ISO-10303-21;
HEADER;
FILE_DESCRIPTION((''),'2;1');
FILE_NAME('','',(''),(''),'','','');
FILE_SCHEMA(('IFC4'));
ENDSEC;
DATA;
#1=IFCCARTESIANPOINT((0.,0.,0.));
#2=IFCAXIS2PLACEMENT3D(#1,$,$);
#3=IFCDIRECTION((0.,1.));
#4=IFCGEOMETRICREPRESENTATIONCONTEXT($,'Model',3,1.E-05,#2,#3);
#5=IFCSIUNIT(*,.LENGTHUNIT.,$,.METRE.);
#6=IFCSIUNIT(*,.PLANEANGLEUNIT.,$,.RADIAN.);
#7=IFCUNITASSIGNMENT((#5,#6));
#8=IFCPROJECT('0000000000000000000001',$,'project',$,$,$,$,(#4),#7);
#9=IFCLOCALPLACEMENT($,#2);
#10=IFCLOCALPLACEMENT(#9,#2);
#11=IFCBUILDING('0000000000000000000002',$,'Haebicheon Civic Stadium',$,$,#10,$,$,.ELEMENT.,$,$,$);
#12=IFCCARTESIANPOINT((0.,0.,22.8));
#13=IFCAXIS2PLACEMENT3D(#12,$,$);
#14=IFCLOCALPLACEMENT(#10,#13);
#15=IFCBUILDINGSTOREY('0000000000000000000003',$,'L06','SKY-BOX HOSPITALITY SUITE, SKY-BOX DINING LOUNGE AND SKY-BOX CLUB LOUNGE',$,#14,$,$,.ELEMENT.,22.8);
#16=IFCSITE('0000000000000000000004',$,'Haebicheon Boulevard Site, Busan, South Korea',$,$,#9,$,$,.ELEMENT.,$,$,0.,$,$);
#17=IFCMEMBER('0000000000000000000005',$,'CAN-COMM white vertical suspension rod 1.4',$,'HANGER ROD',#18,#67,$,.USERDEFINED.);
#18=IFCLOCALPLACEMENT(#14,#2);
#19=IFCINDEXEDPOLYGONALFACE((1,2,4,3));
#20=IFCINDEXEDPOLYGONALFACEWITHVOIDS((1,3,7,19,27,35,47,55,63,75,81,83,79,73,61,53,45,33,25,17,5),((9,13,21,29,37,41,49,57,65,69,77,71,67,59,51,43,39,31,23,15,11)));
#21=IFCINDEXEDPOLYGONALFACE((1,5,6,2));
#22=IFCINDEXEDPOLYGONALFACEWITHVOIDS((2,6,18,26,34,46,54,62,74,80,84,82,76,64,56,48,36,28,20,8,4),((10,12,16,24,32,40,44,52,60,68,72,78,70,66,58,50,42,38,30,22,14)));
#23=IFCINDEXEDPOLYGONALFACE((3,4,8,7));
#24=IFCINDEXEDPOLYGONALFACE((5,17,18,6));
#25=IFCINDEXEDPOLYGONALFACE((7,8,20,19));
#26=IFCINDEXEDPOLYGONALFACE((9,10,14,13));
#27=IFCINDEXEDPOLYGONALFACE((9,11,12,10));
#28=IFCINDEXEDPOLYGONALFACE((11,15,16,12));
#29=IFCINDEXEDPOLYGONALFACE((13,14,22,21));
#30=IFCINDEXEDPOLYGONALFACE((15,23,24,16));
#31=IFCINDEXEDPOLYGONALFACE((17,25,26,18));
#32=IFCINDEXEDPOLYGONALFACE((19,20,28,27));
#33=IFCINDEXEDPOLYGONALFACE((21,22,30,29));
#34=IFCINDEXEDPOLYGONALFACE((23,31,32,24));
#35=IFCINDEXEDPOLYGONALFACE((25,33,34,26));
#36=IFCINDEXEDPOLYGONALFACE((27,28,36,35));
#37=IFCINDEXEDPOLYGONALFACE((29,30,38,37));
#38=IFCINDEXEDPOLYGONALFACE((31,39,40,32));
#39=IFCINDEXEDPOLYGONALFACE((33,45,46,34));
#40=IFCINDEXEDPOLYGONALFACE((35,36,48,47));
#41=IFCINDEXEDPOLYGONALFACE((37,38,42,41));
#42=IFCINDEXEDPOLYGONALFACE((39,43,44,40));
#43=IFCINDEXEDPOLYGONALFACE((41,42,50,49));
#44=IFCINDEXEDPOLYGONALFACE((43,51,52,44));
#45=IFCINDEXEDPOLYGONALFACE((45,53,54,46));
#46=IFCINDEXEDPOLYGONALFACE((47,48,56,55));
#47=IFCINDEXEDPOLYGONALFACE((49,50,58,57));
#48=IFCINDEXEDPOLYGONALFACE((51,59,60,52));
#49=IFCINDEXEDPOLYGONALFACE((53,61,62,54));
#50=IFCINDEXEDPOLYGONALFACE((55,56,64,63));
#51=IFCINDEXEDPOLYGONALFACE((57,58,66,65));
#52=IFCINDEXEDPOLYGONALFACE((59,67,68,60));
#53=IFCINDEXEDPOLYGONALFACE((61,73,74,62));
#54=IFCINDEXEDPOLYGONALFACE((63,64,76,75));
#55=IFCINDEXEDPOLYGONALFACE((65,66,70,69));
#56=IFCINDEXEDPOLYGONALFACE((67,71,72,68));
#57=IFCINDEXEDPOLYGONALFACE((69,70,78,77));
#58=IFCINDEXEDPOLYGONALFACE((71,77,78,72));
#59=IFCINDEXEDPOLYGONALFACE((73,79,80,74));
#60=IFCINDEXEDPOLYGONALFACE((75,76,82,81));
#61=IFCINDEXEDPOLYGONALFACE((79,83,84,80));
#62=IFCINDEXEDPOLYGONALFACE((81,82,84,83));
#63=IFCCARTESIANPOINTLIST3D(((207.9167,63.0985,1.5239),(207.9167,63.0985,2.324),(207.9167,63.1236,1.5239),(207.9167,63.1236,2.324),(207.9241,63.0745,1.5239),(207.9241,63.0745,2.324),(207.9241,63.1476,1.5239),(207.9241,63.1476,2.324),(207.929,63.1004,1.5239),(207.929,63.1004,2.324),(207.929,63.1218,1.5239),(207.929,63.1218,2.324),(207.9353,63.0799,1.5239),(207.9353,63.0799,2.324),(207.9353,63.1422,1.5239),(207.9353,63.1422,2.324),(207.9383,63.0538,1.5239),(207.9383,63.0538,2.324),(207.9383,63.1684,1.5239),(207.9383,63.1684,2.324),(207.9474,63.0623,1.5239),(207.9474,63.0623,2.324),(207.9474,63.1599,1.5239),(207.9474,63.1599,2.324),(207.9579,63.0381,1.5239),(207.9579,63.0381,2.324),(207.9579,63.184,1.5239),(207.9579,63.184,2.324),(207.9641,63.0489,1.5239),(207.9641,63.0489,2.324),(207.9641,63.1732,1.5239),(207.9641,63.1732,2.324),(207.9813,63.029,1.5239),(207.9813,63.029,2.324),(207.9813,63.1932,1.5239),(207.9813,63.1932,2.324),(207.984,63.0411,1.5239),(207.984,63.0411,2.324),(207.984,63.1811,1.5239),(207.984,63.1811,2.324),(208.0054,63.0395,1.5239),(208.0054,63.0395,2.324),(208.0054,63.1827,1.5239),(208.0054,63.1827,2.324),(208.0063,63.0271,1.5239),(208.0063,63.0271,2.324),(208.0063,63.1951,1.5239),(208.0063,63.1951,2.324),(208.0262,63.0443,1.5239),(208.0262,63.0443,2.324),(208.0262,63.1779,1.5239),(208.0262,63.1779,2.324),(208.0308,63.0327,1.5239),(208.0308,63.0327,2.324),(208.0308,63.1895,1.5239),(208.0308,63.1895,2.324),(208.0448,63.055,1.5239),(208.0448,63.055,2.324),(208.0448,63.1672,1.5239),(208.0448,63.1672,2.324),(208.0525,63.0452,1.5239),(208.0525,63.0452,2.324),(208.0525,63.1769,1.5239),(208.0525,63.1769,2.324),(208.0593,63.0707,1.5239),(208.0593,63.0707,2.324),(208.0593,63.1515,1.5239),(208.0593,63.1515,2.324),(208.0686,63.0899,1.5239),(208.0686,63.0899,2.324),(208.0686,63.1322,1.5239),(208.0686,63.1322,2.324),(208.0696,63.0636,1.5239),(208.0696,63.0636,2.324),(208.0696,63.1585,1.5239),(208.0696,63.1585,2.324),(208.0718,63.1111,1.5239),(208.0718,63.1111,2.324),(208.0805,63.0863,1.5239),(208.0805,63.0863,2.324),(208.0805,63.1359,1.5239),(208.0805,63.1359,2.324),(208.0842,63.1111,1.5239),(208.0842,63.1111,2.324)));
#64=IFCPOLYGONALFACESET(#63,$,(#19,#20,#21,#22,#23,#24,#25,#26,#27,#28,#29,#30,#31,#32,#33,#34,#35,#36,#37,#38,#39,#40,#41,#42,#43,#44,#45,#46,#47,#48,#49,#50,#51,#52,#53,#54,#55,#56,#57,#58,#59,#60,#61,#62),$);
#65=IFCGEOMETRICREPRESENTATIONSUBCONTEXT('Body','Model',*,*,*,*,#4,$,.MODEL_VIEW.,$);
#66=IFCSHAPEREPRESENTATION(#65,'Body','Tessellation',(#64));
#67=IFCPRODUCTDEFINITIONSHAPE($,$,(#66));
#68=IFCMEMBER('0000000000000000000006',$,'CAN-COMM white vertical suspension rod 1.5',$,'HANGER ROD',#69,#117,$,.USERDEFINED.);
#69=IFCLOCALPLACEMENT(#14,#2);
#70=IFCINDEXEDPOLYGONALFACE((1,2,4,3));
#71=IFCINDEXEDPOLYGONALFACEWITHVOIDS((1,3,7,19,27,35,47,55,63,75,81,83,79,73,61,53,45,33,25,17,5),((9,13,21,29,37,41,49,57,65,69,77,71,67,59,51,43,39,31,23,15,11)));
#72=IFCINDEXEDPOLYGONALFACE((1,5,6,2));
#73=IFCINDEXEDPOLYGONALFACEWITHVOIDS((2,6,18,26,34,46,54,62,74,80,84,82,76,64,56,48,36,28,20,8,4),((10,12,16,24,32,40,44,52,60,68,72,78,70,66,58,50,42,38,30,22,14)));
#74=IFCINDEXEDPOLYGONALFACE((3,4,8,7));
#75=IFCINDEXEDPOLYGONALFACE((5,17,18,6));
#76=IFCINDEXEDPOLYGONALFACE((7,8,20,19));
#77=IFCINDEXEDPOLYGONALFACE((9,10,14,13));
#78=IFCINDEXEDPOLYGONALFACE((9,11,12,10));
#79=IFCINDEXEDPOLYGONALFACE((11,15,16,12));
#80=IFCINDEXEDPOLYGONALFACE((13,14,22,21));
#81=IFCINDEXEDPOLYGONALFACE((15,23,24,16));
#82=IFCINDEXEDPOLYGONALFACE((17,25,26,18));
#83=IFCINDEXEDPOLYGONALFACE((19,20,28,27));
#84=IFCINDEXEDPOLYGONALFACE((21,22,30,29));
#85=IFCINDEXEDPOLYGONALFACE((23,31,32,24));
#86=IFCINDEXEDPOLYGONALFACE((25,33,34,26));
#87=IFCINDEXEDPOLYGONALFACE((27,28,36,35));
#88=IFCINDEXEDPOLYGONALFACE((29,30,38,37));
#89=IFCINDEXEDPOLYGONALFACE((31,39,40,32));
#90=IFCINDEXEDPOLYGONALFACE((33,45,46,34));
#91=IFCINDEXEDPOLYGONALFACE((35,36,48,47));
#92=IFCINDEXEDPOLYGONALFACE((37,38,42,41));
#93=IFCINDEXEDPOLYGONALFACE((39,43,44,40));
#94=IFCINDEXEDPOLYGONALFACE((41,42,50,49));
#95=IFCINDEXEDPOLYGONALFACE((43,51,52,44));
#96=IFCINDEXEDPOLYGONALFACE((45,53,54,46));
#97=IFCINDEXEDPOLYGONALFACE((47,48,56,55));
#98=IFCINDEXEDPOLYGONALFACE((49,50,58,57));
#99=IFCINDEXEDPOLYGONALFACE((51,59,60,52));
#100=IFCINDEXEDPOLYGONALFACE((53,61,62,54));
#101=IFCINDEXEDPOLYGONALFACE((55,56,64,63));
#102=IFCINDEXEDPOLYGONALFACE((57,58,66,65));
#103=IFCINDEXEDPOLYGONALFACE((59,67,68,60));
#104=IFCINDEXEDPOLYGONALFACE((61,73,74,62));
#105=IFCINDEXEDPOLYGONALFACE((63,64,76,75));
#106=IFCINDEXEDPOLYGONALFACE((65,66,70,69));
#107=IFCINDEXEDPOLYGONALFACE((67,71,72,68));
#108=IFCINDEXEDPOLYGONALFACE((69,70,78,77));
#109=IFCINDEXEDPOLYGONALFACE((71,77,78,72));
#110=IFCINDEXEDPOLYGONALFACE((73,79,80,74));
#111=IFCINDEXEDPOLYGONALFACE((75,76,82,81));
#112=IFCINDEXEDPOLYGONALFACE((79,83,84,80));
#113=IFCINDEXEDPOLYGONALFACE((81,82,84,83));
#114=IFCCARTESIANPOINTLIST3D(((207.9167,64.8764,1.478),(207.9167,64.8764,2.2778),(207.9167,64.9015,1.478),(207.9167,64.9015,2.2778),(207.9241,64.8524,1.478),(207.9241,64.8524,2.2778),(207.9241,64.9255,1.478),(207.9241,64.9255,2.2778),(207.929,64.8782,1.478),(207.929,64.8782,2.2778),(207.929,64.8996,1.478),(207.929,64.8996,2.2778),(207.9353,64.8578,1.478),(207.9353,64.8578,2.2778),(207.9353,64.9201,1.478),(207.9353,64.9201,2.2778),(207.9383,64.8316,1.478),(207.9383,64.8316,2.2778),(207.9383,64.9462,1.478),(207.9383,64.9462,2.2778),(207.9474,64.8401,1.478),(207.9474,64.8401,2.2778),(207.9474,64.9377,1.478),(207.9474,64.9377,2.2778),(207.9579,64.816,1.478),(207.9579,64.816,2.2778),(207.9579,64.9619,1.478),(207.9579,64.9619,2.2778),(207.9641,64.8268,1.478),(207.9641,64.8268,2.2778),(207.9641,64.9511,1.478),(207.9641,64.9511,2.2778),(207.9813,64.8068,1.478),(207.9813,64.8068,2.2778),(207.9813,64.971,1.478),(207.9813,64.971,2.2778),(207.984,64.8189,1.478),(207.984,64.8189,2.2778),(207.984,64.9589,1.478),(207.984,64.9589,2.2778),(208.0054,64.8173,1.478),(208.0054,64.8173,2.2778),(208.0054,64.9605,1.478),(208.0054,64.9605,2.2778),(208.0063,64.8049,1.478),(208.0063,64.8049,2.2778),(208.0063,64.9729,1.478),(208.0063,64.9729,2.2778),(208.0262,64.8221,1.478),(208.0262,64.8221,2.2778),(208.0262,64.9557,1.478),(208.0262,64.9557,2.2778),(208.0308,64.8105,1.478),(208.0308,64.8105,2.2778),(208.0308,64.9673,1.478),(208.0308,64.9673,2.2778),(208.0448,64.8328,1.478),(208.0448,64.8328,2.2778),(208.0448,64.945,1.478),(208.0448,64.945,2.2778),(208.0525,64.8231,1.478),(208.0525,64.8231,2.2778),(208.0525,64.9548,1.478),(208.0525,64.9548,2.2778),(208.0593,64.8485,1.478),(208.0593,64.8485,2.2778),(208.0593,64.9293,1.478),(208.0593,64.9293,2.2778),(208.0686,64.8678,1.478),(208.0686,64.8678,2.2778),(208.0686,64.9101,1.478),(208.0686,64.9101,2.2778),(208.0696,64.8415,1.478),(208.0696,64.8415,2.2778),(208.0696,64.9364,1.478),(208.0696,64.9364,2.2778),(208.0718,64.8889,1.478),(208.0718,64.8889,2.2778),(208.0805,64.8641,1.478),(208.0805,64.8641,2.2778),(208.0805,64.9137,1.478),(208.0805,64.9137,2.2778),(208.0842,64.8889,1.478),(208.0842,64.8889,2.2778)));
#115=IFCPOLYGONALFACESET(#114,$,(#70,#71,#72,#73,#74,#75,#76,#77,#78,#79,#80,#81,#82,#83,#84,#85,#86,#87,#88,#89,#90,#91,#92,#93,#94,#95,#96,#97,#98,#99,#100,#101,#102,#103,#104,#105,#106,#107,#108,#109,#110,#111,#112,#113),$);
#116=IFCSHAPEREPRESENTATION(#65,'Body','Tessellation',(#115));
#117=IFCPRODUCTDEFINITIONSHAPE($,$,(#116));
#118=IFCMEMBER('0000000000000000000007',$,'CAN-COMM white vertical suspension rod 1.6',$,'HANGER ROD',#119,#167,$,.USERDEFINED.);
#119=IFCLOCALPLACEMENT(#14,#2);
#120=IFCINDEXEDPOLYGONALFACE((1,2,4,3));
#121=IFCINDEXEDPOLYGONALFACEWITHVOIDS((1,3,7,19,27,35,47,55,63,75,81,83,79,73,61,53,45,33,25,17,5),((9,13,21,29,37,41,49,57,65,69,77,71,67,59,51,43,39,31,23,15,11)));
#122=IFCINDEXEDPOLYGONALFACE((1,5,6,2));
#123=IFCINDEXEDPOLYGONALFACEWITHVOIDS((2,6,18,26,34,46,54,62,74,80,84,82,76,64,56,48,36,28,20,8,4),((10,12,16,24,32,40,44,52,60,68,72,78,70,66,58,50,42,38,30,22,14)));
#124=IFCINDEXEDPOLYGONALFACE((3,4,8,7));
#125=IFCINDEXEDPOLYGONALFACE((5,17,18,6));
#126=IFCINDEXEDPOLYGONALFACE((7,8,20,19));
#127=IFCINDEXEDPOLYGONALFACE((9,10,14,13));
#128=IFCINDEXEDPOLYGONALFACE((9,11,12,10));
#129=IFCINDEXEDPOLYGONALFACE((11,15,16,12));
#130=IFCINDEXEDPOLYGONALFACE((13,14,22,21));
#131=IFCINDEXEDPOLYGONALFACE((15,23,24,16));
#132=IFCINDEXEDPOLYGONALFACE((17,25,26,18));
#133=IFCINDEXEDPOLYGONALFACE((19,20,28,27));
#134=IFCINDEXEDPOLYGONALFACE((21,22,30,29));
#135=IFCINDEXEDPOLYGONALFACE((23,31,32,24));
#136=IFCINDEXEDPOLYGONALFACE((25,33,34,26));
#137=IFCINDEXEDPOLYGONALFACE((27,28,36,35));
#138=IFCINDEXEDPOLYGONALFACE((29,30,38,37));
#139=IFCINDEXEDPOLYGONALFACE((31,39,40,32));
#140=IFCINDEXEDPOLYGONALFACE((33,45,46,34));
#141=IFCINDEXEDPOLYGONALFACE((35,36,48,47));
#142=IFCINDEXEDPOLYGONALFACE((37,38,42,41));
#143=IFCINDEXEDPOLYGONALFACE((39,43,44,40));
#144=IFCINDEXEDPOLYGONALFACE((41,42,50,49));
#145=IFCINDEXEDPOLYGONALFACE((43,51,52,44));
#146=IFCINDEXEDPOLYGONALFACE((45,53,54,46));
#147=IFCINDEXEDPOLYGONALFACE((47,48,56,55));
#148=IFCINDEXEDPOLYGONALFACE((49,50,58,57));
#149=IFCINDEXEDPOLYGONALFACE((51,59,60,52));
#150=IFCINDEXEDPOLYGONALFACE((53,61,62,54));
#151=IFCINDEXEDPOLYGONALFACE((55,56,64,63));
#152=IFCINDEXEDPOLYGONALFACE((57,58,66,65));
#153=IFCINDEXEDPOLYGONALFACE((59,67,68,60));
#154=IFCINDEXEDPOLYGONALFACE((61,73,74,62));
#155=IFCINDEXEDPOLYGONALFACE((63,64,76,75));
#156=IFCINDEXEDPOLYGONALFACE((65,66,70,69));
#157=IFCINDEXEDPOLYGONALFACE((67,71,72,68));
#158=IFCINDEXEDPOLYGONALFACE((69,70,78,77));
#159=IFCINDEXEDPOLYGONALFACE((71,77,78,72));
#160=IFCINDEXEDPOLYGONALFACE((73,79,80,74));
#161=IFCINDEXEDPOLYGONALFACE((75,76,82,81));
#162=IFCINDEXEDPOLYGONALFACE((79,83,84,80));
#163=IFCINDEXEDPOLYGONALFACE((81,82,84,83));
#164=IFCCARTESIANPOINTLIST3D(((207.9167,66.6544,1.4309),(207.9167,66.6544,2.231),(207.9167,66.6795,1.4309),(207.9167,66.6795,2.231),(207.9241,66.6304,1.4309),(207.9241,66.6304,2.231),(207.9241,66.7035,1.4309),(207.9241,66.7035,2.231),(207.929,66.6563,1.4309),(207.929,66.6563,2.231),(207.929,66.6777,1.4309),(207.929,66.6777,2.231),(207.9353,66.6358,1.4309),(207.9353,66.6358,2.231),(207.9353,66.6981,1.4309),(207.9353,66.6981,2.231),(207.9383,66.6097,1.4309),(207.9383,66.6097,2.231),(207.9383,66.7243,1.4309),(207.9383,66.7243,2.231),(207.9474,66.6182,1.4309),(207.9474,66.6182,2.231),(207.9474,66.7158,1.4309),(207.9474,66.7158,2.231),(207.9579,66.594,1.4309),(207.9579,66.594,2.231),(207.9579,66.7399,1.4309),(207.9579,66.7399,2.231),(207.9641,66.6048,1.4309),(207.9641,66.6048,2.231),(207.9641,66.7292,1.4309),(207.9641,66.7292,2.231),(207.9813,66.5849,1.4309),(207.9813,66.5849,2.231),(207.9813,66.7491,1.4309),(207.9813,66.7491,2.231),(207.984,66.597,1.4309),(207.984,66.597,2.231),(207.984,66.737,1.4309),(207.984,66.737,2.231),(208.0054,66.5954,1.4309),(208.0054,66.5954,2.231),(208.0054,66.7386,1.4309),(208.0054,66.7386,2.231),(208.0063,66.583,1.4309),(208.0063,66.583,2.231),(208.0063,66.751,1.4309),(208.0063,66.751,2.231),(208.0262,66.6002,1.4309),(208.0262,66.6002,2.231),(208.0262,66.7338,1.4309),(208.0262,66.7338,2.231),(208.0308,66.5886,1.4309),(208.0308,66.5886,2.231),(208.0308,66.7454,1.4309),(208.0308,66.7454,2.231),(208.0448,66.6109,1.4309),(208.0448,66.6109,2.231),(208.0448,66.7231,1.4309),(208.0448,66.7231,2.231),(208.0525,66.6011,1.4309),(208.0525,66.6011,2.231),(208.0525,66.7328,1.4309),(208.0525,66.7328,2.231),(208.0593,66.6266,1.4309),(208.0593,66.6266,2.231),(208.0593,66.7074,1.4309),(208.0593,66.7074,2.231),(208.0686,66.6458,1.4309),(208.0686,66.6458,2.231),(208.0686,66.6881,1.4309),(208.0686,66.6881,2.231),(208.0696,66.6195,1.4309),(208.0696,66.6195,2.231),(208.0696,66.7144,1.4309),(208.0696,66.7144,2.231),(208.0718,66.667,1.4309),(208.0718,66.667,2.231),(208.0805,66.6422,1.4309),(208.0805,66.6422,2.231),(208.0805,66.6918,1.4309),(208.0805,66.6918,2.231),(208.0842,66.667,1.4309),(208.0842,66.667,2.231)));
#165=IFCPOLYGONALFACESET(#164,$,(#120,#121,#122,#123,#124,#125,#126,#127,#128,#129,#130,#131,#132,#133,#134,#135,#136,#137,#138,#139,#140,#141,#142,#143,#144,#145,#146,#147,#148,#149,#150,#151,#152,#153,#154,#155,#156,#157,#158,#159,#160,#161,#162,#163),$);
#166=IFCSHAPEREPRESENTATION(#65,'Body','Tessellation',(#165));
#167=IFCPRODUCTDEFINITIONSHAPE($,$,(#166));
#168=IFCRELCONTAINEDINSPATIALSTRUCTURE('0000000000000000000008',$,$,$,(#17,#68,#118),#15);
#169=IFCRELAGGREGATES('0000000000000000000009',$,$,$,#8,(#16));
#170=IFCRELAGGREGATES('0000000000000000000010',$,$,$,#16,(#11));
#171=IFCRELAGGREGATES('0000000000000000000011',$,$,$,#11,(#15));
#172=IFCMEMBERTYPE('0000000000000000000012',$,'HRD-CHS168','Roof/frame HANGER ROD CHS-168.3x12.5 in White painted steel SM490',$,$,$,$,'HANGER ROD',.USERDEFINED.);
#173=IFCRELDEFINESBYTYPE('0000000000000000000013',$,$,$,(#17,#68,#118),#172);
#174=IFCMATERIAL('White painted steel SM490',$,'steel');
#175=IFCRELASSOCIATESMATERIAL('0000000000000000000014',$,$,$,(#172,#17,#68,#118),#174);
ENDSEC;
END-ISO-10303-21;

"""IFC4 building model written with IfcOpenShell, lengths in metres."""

from ifc_helpers import new_model, si_unit, direction, frame, origin, origin_2d, place, context, subcontext, project, spatial, hollow_circle, extrude, material, material_profile, profile_set, type_object, element, save


model = new_model("IFC4")

# Units and contexts
model_context = context("Model", 3, precision=1e-05, world=origin(), true_north=direction((0.0, 1.0)))
body_context = subcontext(model_context, "Body", "Model", "MODEL_VIEW")
ifc_project = project(units=[si_unit("LENGTHUNIT", "METRE"), si_unit("PLANEANGLEUNIT", "RADIAN")], contexts=[model_context])

# Site, building, storey
site_placement = place(None, origin())
site = spatial("IfcSite", under=ifc_project, at=site_placement, Name="Haebicheon Boulevard Site, Busan, South Korea", CompositionType="ELEMENT", RefElevation=0.0)
building_placement = place(site_placement, origin())
building = spatial("IfcBuilding", under=site, at=building_placement, Name="Haebicheon Civic Stadium", CompositionType="ELEMENT")
storey_placement = place(building_placement, frame((0.0, 0.0, 22.8)))
storey = spatial("IfcBuildingStorey", under=building, at=storey_placement, Name="L06", Description="SKY-BOX HOSPITALITY SUITE, SKY-BOX DINING LOUNGE AND SKY-BOX CLUB LOUNGE", CompositionType="ELEMENT", Elevation=22.8)

# Members
ifc_material_1 = material(Name="White painted steel SM490", Category="steel")
ifc_material_profile_1 = material_profile(ifc_material_1, hollow_circle(Radius=0.0842, WallThickness=0.0125, at=origin_2d()), Name="CHS-168.3x12.5")
ifc_profile_set_1 = profile_set([ifc_material_profile_1], Name="White painted steel SM490")
member_type_1 = type_object("IfcMemberType", Name="HRD-CHS168", Description="Roof/frame HANGER ROD CHS-168.3x12.5 in White painted steel SM490", ElementType="HANGER ROD", PredefinedType="USERDEFINED", material=ifc_profile_set_1)
member_1_placement = place(storey_placement, frame((208.0, 63.1111, 1.5239), z_axis=(0.0, 0.0, 1.0), x_axis=(1.0, 0.0, 0.0)))
element("IfcMember", 1, at=member_1_placement, inside=storey, type_object=member_type_1, material=ifc_profile_set_1, Name="CAN-COMM white vertical suspension rod 1.4", ObjectType="HANGER ROD", PredefinedType="USERDEFINED", context=body_context, shape_type="SweptSolid", body=[
    extrude(hollow_circle(Radius=0.0842, WallThickness=0.0125, at=origin_2d()), origin(), (0.0, 0.0, 1.0), 0.8),
])
member_2_placement = place(storey_placement, frame((208.0, 64.8889, 1.478), z_axis=(0.0, 0.0, 1.0), x_axis=(1.0, 0.0, 0.0)))
element("IfcMember", 2, at=member_2_placement, inside=storey, type_object=member_type_1, material=ifc_profile_set_1, Name="CAN-COMM white vertical suspension rod 1.5", ObjectType="HANGER ROD", PredefinedType="USERDEFINED", context=body_context, shape_type="SweptSolid", body=[
    extrude(hollow_circle(Radius=0.0842, WallThickness=0.0125, at=origin_2d()), origin(), (0.0, 0.0, 1.0), 0.7998),
])
member_3_placement = place(storey_placement, frame((208.0, 66.667, 1.4309), z_axis=(0.0, 0.0, 1.0), x_axis=(1.0, 0.0, 0.0)))
element("IfcMember", 3, at=member_3_placement, inside=storey, type_object=member_type_1, material=ifc_profile_set_1, Name="CAN-COMM white vertical suspension rod 1.6", ObjectType="HANGER ROD", PredefinedType="USERDEFINED", context=body_context, shape_type="SweptSolid", body=[
    extrude(hollow_circle(Radius=0.0842, WallThickness=0.0125, at=origin_2d()), origin(), (0.0, 0.0, 1.0), 0.8),
])

save(model, "model.ifc")
